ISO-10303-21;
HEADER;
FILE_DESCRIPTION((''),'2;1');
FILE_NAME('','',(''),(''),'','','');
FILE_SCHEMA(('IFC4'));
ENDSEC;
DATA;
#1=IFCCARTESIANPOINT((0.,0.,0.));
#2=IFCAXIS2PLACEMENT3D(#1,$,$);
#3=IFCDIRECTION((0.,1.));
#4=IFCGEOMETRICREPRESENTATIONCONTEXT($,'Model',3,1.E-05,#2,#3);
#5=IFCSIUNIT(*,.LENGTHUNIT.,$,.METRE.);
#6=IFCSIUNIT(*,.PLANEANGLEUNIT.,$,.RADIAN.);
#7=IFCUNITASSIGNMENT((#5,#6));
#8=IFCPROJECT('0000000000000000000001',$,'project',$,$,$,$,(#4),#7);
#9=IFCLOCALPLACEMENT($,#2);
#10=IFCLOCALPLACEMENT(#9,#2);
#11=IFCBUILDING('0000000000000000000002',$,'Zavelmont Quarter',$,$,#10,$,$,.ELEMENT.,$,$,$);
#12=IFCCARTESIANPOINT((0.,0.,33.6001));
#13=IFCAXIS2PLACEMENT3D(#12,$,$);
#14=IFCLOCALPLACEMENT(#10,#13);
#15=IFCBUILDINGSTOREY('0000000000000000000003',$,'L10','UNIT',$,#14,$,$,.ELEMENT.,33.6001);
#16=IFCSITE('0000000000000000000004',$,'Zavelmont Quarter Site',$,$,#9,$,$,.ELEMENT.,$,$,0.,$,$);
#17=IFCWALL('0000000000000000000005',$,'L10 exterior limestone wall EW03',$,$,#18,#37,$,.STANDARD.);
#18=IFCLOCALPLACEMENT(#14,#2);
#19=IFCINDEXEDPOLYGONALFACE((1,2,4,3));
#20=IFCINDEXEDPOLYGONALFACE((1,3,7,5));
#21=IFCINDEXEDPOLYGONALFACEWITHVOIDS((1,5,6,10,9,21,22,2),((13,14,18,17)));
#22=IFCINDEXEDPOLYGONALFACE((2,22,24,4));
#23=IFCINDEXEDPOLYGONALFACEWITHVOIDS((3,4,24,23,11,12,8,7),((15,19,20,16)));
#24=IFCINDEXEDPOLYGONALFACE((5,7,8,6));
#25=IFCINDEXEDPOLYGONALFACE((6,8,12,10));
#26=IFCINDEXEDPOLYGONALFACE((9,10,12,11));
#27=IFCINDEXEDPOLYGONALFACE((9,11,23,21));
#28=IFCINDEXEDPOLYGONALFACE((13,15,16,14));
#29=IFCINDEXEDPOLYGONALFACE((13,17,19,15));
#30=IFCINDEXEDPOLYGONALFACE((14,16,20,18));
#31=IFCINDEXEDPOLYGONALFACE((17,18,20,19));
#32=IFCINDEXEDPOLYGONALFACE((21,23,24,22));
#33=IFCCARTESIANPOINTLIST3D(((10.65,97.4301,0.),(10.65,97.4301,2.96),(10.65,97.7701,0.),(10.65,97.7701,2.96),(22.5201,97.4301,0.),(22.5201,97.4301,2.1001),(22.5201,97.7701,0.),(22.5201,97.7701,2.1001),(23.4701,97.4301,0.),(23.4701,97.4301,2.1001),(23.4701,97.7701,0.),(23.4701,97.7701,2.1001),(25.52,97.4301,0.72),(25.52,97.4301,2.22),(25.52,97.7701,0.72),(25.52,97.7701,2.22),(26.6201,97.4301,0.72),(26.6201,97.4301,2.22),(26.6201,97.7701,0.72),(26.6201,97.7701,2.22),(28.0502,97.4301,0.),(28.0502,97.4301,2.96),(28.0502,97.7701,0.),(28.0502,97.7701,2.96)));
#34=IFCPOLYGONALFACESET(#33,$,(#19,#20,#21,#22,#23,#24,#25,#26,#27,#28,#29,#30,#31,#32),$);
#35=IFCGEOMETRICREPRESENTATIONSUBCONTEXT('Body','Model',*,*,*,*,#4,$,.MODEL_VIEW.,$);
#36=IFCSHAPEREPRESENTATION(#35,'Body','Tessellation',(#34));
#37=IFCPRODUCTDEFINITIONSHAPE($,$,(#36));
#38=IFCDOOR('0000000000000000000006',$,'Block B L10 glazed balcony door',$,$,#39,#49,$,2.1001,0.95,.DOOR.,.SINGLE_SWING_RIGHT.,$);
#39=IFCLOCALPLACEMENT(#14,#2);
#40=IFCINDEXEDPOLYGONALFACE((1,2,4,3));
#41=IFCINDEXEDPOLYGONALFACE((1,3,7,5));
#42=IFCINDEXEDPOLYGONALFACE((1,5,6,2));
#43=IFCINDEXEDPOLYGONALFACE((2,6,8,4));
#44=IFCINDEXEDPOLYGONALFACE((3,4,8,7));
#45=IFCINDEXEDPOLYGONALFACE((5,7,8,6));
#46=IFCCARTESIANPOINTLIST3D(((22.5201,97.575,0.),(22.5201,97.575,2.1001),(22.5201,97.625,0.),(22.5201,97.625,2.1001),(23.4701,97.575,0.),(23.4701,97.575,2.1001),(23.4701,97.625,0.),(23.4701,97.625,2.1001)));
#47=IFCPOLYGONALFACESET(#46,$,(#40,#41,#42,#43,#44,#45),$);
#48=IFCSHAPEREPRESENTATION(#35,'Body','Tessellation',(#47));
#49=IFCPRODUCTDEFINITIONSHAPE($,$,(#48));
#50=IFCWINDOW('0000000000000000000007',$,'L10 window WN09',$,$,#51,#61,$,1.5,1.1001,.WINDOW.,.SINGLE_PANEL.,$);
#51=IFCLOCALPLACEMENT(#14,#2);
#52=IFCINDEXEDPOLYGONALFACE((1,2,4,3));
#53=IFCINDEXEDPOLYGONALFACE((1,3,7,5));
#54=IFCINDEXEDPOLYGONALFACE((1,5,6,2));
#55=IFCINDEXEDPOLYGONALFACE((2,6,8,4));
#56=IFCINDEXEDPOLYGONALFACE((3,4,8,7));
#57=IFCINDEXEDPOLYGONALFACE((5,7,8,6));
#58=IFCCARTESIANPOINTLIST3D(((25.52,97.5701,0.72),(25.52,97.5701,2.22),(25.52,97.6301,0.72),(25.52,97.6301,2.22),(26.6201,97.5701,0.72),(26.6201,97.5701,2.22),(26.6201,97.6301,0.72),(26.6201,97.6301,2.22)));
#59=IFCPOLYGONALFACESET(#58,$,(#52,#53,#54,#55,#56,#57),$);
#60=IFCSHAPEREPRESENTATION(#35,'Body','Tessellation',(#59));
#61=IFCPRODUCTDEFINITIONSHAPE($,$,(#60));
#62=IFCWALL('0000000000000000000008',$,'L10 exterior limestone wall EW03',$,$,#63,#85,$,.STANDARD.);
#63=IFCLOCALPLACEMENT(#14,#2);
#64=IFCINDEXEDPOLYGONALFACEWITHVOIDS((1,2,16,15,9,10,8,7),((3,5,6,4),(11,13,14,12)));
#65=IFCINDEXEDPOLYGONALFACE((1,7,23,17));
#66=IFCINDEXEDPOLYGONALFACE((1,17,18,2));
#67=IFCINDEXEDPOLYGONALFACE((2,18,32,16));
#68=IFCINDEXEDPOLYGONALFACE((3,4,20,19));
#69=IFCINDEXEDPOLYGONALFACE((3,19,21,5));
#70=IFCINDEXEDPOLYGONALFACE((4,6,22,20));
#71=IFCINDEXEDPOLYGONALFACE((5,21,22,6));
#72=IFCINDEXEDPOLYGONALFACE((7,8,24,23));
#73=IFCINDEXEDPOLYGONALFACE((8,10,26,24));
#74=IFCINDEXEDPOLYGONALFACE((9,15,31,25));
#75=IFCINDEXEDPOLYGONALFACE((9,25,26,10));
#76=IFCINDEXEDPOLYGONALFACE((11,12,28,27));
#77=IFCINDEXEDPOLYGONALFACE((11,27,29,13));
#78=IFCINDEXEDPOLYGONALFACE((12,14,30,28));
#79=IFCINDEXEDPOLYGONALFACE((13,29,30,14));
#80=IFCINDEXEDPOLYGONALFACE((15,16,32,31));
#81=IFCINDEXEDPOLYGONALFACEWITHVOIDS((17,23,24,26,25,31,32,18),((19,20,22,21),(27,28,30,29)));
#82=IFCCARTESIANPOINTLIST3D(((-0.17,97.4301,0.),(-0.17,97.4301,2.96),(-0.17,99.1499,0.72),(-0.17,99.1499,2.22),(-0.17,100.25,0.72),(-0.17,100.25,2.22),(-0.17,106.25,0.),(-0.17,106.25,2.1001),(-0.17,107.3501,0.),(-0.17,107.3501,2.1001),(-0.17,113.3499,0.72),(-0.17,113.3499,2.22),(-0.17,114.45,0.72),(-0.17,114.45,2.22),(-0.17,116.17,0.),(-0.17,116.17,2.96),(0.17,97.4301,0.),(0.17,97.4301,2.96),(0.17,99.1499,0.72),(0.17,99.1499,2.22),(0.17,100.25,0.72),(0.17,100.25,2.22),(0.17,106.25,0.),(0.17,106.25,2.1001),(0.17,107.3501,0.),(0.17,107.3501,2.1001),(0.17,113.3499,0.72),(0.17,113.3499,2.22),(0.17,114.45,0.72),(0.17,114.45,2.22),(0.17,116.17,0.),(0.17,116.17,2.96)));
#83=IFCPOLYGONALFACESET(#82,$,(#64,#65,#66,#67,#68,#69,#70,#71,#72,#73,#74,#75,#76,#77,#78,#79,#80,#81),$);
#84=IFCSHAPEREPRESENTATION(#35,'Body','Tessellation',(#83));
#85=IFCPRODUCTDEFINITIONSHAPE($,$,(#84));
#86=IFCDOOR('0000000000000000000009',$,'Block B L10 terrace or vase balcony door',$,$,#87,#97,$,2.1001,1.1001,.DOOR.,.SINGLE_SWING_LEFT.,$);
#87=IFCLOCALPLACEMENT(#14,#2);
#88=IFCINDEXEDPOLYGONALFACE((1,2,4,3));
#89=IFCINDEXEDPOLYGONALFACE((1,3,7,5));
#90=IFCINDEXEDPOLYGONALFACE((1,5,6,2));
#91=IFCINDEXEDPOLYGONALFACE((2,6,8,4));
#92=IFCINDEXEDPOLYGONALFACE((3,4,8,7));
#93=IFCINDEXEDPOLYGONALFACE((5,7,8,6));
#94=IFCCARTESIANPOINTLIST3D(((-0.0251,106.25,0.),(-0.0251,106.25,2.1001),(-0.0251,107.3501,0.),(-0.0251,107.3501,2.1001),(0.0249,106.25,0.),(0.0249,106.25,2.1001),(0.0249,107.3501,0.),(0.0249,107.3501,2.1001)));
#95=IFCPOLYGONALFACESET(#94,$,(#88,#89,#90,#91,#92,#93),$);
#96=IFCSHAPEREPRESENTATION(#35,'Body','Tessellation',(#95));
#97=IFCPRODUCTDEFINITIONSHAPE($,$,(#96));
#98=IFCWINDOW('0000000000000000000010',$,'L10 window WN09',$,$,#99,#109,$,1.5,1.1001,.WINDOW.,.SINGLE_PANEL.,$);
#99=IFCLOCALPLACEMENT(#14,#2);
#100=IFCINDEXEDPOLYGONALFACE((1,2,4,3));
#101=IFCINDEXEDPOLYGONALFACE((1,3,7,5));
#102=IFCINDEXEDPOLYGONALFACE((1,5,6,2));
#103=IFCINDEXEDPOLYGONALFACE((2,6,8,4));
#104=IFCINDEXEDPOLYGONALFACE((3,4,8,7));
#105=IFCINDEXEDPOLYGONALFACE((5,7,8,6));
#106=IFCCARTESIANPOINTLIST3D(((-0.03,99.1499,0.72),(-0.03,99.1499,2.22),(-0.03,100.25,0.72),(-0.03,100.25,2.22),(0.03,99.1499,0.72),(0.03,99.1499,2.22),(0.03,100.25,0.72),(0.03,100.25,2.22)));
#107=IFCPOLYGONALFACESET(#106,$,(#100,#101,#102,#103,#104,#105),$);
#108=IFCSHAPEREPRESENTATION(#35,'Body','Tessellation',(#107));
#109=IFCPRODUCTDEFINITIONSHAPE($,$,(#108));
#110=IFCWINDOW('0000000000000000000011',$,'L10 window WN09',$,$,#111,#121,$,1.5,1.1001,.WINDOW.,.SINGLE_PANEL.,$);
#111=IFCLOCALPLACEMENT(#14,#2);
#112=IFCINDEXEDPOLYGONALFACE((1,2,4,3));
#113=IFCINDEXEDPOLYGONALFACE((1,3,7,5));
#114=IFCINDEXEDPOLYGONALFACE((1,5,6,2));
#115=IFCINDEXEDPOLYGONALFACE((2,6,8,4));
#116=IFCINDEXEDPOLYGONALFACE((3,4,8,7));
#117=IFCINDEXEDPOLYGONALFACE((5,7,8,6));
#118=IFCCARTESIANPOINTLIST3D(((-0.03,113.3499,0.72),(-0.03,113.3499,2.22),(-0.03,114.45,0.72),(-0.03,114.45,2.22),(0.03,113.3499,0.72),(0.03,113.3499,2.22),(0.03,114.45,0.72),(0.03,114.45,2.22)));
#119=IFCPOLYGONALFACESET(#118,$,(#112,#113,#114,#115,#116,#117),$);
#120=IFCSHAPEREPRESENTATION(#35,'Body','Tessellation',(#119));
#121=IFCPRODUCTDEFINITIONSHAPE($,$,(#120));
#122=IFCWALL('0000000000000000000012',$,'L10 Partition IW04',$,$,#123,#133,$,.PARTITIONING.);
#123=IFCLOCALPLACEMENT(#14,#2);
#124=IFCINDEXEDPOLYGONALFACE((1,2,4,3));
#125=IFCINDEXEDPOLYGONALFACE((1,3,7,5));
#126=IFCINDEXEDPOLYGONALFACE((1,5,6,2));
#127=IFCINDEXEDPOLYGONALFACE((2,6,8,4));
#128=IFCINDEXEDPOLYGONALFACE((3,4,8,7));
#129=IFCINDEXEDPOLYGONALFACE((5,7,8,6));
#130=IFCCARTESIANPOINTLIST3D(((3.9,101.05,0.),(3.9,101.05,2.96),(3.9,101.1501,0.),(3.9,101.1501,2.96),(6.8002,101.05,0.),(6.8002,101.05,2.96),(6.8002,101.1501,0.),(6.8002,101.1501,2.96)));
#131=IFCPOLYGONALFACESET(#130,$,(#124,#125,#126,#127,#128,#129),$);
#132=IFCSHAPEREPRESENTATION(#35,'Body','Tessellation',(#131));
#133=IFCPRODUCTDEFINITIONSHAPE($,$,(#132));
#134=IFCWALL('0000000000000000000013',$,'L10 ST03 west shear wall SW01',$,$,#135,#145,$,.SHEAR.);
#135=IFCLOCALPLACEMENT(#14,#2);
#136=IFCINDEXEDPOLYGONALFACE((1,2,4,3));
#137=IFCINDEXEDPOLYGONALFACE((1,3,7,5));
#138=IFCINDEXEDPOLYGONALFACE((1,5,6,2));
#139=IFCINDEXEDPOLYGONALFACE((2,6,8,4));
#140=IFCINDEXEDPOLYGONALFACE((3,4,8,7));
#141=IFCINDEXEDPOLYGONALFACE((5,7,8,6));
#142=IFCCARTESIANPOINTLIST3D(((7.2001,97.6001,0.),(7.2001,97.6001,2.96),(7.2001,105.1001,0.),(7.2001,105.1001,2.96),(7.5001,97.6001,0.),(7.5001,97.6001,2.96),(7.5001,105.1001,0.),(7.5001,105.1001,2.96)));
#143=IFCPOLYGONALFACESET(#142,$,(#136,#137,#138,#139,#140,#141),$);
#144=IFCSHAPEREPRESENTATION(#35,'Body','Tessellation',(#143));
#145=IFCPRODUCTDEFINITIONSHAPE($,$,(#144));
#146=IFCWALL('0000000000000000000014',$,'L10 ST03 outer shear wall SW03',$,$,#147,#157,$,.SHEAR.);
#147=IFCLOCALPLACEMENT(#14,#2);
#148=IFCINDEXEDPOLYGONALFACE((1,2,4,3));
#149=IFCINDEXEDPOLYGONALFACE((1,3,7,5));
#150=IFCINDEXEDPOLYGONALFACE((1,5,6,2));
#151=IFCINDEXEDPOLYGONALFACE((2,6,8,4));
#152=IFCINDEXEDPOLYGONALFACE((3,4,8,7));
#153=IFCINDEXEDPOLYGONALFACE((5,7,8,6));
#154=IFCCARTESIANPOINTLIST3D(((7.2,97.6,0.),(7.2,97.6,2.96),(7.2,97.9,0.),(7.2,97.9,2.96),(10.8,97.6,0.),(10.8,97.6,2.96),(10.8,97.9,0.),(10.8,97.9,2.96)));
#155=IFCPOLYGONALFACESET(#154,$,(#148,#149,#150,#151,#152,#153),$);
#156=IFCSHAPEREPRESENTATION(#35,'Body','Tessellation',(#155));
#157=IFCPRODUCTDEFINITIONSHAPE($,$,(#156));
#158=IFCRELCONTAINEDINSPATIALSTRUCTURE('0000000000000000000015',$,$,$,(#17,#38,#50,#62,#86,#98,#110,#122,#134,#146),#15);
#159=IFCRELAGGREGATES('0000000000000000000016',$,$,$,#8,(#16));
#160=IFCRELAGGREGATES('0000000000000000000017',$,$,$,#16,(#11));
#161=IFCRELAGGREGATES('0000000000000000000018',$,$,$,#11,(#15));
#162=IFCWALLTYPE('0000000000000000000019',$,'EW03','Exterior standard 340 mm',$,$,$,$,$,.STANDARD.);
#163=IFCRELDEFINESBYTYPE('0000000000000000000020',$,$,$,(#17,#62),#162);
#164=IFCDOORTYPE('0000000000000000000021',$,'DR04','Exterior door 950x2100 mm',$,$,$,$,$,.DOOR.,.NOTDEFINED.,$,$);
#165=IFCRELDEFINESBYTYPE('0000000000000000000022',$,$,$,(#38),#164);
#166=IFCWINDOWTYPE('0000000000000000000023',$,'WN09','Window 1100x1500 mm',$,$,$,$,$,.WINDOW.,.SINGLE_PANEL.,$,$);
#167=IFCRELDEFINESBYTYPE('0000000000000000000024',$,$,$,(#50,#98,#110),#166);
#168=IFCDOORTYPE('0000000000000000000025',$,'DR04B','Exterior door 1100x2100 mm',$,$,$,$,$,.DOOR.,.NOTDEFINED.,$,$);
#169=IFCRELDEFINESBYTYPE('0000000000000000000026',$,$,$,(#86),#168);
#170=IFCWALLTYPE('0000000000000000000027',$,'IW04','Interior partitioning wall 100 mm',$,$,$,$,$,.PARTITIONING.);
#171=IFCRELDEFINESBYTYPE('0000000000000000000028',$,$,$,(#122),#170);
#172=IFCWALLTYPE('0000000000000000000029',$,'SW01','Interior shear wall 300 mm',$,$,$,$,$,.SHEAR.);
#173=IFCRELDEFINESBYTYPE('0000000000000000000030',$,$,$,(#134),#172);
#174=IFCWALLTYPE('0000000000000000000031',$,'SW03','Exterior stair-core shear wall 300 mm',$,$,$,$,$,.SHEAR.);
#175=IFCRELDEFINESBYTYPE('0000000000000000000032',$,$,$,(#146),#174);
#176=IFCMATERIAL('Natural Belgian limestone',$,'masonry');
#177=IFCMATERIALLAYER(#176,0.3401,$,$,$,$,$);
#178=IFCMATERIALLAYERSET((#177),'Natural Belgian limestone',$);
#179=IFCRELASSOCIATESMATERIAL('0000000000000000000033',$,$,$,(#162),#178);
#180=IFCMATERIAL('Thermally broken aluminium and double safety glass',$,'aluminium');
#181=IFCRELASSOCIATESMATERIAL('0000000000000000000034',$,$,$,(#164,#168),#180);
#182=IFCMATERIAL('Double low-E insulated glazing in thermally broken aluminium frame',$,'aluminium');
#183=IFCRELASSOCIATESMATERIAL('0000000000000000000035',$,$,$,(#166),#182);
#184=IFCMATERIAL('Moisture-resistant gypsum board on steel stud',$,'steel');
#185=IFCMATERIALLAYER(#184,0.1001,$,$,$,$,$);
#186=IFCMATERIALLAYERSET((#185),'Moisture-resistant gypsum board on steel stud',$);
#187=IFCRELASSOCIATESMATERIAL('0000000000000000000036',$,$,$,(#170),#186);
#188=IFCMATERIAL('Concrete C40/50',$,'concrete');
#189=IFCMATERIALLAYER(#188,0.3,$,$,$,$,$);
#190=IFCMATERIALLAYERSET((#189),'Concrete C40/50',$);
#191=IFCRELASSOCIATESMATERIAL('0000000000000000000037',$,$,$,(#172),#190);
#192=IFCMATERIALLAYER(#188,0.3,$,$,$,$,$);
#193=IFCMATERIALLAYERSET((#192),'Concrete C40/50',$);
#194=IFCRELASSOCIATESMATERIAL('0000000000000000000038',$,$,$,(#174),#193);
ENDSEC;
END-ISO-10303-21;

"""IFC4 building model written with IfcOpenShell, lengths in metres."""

from ifc_helpers import new_model, si_unit, direction, frame, frame_2d, origin, origin_with_axes, place, context, subcontext, project, spatial, rectangle, extrude, material, layer, layer_set, type_object, element, fill, save


model = new_model("IFC4")

# Units and contexts
model_context = context("Model", 3, precision=1e-05, world=origin(), true_north=direction((0.0, 1.0)))
body_context = subcontext(model_context, "Body", "Model", "MODEL_VIEW")
ifc_project = project(units=[si_unit("LENGTHUNIT", "METRE"), si_unit("PLANEANGLEUNIT", "RADIAN")], contexts=[model_context])

# Site, building, storey
site_placement = place(None, origin())
site = spatial("IfcSite", under=ifc_project, at=site_placement, Name="Zavelmont Quarter Site", CompositionType="ELEMENT", RefElevation=0.0)
building_placement = place(site_placement, origin())
building = spatial("IfcBuilding", under=site, at=building_placement, Name="Zavelmont Quarter", CompositionType="ELEMENT")
storey_placement = place(building_placement, frame((0.0, 0.0, 33.6001)))
storey = spatial("IfcBuildingStorey", under=building, at=storey_placement, Name="L10", Description="UNIT", CompositionType="ELEMENT", Elevation=33.6001)

# Shared definitions
ifc_material_1 = material(Name="Concrete C40/50", Category="concrete")

# Shared definitions
ifc_material_2 = material(Name="Natural Belgian limestone", Category="masonry")
ifc_layer_1 = layer(ifc_material_2, 0.3401)
ifc_layer_set_1 = layer_set([ifc_layer_1], Name="Natural Belgian limestone")
wall_type_1 = type_object("IfcWallType", Name="EW03", Description="Exterior standard 340 mm", PredefinedType="STANDARD", material=ifc_layer_set_1)
ifc_material_3 = material(Name="Double low-E insulated glazing in thermally broken aluminium frame", Category="aluminium")

# Wall, openings, door, window
wall_1_placement = place(storey_placement, frame((10.6499, 97.6001, 0.0), z_axis=(0.0, 0.0, 1.0), x_axis=(1.0, 0.0, 0.0)))
wall_1 = element("IfcWall", 1, at=wall_1_placement, inside=storey, type_object=wall_type_1, Name="L10 exterior limestone wall EW03", PredefinedType="STANDARD", context=body_context, shape_type="SweptSolid", body=[
    extrude(rectangle(XDim=17.4001, YDim=0.3401, at=frame_2d((8.7002, 0.0))), origin(), (0.0, 0.0, 1.0), 2.96),
])
opening_1_placement = place(wall_1_placement, frame((11.8701, 0.0, 0.0)))
opening_1 = element("IfcOpeningElement", 2, at=opening_1_placement, cuts=wall_1, PredefinedType="OPENING", context=body_context, shape_type="SweptSolid", body=[
    extrude(rectangle(XDim=0.95, YDim=2.1001, at=frame_2d((0.4751, 1.05))), frame((0.0, 0.1821, 0.0), z_axis=(0.0, -1.0, 0.0), x_axis=(1.0, 0.0, 0.0)), (0.0, 0.0, 1.0), 0.364),
])
opening_2_placement = place(wall_1_placement, frame((14.8701, 0.0, 0.72)))
opening_2 = element("IfcOpeningElement", 3, at=opening_2_placement, cuts=wall_1, PredefinedType="OPENING", context=body_context, shape_type="SweptSolid", body=[
    extrude(rectangle(XDim=1.1001, YDim=1.5, at=frame_2d((0.55, 0.75))), frame((0.0, 0.1821, 0.0), z_axis=(0.0, -1.0, 0.0), x_axis=(1.0, 0.0, 0.0)), (0.0, 0.0, 1.0), 0.364),
])
ifc_material_4 = material(Name="Thermally broken aluminium and double safety glass", Category="aluminium")
door_type_1 = type_object("IfcDoorType", Name="DR04", Description="Exterior door 950x2100 mm", OperationType="NOTDEFINED", PredefinedType="DOOR", material=ifc_material_4)
door_1_placement = place(opening_1_placement, origin_with_axes())
door_1 = element("IfcDoor", 4, at=door_1_placement, inside=storey, type_object=door_type_1, Name="Block B L10 glazed balcony door", OperationType="SINGLE_SWING_RIGHT", OverallHeight=2.1001, OverallWidth=0.95, PredefinedType="DOOR", context=body_context, shape_type="SweptSolid", body=[
    extrude(rectangle(XDim=0.95, YDim=2.1001, at=frame_2d((0.4751, 1.05))), frame((0.0, 0.0249, 0.0), z_axis=(0.0, -1.0, 0.0), x_axis=(1.0, 0.0, 0.0)), (0.0, 0.0, 1.0), 0.05),
])
fill(opening_1, door_1)
window_type_1 = type_object("IfcWindowType", Name="WN09", Description="Window 1100x1500 mm", PartitioningType="SINGLE_PANEL", PredefinedType="WINDOW", material=ifc_material_3)
window_1_placement = place(opening_2_placement, origin_with_axes())
window_1 = element("IfcWindow", 5, at=window_1_placement, inside=storey, type_object=window_type_1, Name="L10 window WN09", OverallHeight=1.5, OverallWidth=1.1001, PartitioningType="SINGLE_PANEL", PredefinedType="WINDOW", context=body_context, shape_type="SweptSolid", body=[
    extrude(rectangle(XDim=1.1001, YDim=1.5, at=frame_2d((0.55, 0.75))), frame((0.0, 0.03, 0.0), z_axis=(0.0, -1.0, 0.0), x_axis=(1.0, 0.0, 0.0)), (0.0, 0.0, 1.0), 0.0601),
])
fill(opening_2, window_1)

# Wall, openings, door, windows
wall_2_placement = place(storey_placement, frame((0.0, 97.4299, 0.0), z_axis=(0.0, 0.0, 1.0), x_axis=(0.0, 1.0, 0.0)))
wall_2 = element("IfcWall", 6, at=wall_2_placement, inside=storey, type_object=wall_type_1, Name="L10 exterior limestone wall EW03", PredefinedType="STANDARD", context=body_context, shape_type="SweptSolid", body=[
    extrude(rectangle(XDim=18.74, YDim=0.3401, at=frame_2d((9.3701, 0.0))), origin(), (0.0, 0.0, 1.0), 2.96),
])
opening_3_placement = place(wall_2_placement, frame((8.8201, 0.0, 0.0)))
opening_3 = element("IfcOpeningElement", 7, at=opening_3_placement, cuts=wall_2, PredefinedType="OPENING", context=body_context, shape_type="SweptSolid", body=[
    extrude(rectangle(XDim=1.1001, YDim=2.1001, at=frame_2d((0.55, 1.05))), frame((0.0, 0.1821, 0.0), z_axis=(0.0, -1.0, 0.0), x_axis=(1.0, 0.0, 0.0)), (0.0, 0.0, 1.0), 0.364),
])
opening_4_placement = place(wall_2_placement, frame((1.72, 0.0, 0.72)))
opening_4 = element("IfcOpeningElement", 8, at=opening_4_placement, cuts=wall_2, PredefinedType="OPENING", context=body_context, shape_type="SweptSolid", body=[
    extrude(rectangle(XDim=1.1001, YDim=1.5, at=frame_2d((0.55, 0.75))), frame((0.0, 0.1821, 0.0), z_axis=(0.0, -1.0, 0.0), x_axis=(1.0, 0.0, 0.0)), (0.0, 0.0, 1.0), 0.364),
])
opening_5_placement = place(wall_2_placement, frame((15.9199, 0.0, 0.72)))
opening_5 = element("IfcOpeningElement", 9, at=opening_5_placement, cuts=wall_2, PredefinedType="OPENING", context=body_context, shape_type="SweptSolid", body=[
    extrude(rectangle(XDim=1.1001, YDim=1.5, at=frame_2d((0.55, 0.75))), frame((0.0, 0.1821, 0.0), z_axis=(0.0, -1.0, 0.0), x_axis=(1.0, 0.0, 0.0)), (0.0, 0.0, 1.0), 0.364),
])
door_type_2 = type_object("IfcDoorType", Name="DR04B", Description="Exterior door 1100x2100 mm", OperationType="NOTDEFINED", PredefinedType="DOOR", material=ifc_material_4)
door_2_placement = place(opening_3_placement, frame((1.1001, 0.0, 0.0), z_axis=(0.0, 0.0, 1.0), x_axis=(-1.0, 0.0, 0.0)))
door_2 = element("IfcDoor", 10, at=door_2_placement, inside=storey, type_object=door_type_2, Name="Block B L10 terrace or vase balcony door", OperationType="SINGLE_SWING_LEFT", OverallHeight=2.1001, OverallWidth=1.1001, PredefinedType="DOOR", context=body_context, shape_type="SweptSolid", body=[
    extrude(rectangle(XDim=1.1001, YDim=2.1001, at=frame_2d((0.55, 1.05))), frame((0.0, 0.0249, 0.0), z_axis=(0.0, -1.0, 0.0), x_axis=(1.0, 0.0, 0.0)), (0.0, 0.0, 1.0), 0.05),
])
fill(opening_3, door_2)
window_2_placement = place(opening_4_placement, origin_with_axes())
window_2 = element("IfcWindow", 11, at=window_2_placement, inside=storey, type_object=window_type_1, Name="L10 window WN09", OverallHeight=1.5, OverallWidth=1.1001, PartitioningType="SINGLE_PANEL", PredefinedType="WINDOW", context=body_context, shape_type="SweptSolid", body=[
    extrude(rectangle(XDim=1.1001, YDim=1.5, at=frame_2d((0.55, 0.75))), frame((0.0, 0.03, 0.0), z_axis=(0.0, -1.0, 0.0), x_axis=(1.0, 0.0, 0.0)), (0.0, 0.0, 1.0), 0.0601),
])
fill(opening_4, window_2)
window_3_placement = place(opening_5_placement, origin_with_axes())
window_3 = element("IfcWindow", 12, at=window_3_placement, inside=storey, type_object=window_type_1, Name="L10 window WN09", OverallHeight=1.5, OverallWidth=1.1001, PartitioningType="SINGLE_PANEL", PredefinedType="WINDOW", context=body_context, shape_type="SweptSolid", body=[
    extrude(rectangle(XDim=1.1001, YDim=1.5, at=frame_2d((0.55, 0.75))), frame((0.0, 0.03, 0.0), z_axis=(0.0, -1.0, 0.0), x_axis=(1.0, 0.0, 0.0)), (0.0, 0.0, 1.0), 0.0601),
])
fill(opening_5, window_3)

# Walls
ifc_material_5 = material(Name="Moisture-resistant gypsum board on steel stud", Category="steel")
ifc_layer_2 = layer(ifc_material_5, 0.1001)
ifc_layer_set_2 = layer_set([ifc_layer_2], Name="Moisture-resistant gypsum board on steel stud")
wall_type_2 = type_object("IfcWallType", Name="IW04", Description="Interior partitioning wall 100 mm", PredefinedType="PARTITIONING", material=ifc_layer_set_2)
wall_3_placement = place(storey_placement, frame((3.8999, 101.1001, 0.0), z_axis=(0.0, 0.0, 1.0), x_axis=(1.0, 0.0, 0.0)))
element("IfcWall", 13, at=wall_3_placement, inside=storey, type_object=wall_type_2, Name="L10 Partition IW04", PredefinedType="PARTITIONING", context=body_context, shape_type="SweptSolid", body=[
    extrude(rectangle(XDim=2.9001, YDim=0.1001, at=frame_2d((1.4502, 0.0))), origin(), (0.0, 0.0, 1.0), 2.96),
])
ifc_layer_3 = layer(ifc_material_1, 0.3)
ifc_layer_set_3 = layer_set([ifc_layer_3], Name="Concrete C40/50")
wall_type_3 = type_object("IfcWallType", Name="SW01", Description="Interior shear wall 300 mm", PredefinedType="SHEAR", material=ifc_layer_set_3)
wall_4_placement = place(storey_placement, frame((7.3501, 97.6001, 0.0), z_axis=(0.0, 0.0, 1.0), x_axis=(0.0, 1.0, 0.0)))
element("IfcWall", 14, at=wall_4_placement, inside=storey, type_object=wall_type_3, Name="L10 ST03 west shear wall SW01", PredefinedType="SHEAR", context=body_context, shape_type="SweptSolid", body=[
    extrude(rectangle(XDim=7.5, YDim=0.3, at=frame_2d((3.75, 0.0))), origin(), (0.0, 0.0, 1.0), 2.96),
])
ifc_layer_4 = layer(ifc_material_1, 0.3)
ifc_layer_set_4 = layer_set([ifc_layer_4], Name="Concrete C40/50")
wall_type_4 = type_object("IfcWallType", Name="SW03", Description="Exterior stair-core shear wall 300 mm", PredefinedType="SHEAR", material=ifc_layer_set_4)
wall_5_placement = place(storey_placement, frame((7.2, 97.75, 0.0), z_axis=(0.0, 0.0, 1.0), x_axis=(1.0, 0.0, 0.0)))
element("IfcWall", 15, at=wall_5_placement, inside=storey, type_object=wall_type_4, Name="L10 ST03 outer shear wall SW03", PredefinedType="SHEAR", context=body_context, shape_type="SweptSolid", body=[
    extrude(rectangle(XDim=3.6001, YDim=0.3, at=frame_2d((1.8, 0.0))), origin(), (0.0, 0.0, 1.0), 2.96),
])

save(model, "model.ifc")
